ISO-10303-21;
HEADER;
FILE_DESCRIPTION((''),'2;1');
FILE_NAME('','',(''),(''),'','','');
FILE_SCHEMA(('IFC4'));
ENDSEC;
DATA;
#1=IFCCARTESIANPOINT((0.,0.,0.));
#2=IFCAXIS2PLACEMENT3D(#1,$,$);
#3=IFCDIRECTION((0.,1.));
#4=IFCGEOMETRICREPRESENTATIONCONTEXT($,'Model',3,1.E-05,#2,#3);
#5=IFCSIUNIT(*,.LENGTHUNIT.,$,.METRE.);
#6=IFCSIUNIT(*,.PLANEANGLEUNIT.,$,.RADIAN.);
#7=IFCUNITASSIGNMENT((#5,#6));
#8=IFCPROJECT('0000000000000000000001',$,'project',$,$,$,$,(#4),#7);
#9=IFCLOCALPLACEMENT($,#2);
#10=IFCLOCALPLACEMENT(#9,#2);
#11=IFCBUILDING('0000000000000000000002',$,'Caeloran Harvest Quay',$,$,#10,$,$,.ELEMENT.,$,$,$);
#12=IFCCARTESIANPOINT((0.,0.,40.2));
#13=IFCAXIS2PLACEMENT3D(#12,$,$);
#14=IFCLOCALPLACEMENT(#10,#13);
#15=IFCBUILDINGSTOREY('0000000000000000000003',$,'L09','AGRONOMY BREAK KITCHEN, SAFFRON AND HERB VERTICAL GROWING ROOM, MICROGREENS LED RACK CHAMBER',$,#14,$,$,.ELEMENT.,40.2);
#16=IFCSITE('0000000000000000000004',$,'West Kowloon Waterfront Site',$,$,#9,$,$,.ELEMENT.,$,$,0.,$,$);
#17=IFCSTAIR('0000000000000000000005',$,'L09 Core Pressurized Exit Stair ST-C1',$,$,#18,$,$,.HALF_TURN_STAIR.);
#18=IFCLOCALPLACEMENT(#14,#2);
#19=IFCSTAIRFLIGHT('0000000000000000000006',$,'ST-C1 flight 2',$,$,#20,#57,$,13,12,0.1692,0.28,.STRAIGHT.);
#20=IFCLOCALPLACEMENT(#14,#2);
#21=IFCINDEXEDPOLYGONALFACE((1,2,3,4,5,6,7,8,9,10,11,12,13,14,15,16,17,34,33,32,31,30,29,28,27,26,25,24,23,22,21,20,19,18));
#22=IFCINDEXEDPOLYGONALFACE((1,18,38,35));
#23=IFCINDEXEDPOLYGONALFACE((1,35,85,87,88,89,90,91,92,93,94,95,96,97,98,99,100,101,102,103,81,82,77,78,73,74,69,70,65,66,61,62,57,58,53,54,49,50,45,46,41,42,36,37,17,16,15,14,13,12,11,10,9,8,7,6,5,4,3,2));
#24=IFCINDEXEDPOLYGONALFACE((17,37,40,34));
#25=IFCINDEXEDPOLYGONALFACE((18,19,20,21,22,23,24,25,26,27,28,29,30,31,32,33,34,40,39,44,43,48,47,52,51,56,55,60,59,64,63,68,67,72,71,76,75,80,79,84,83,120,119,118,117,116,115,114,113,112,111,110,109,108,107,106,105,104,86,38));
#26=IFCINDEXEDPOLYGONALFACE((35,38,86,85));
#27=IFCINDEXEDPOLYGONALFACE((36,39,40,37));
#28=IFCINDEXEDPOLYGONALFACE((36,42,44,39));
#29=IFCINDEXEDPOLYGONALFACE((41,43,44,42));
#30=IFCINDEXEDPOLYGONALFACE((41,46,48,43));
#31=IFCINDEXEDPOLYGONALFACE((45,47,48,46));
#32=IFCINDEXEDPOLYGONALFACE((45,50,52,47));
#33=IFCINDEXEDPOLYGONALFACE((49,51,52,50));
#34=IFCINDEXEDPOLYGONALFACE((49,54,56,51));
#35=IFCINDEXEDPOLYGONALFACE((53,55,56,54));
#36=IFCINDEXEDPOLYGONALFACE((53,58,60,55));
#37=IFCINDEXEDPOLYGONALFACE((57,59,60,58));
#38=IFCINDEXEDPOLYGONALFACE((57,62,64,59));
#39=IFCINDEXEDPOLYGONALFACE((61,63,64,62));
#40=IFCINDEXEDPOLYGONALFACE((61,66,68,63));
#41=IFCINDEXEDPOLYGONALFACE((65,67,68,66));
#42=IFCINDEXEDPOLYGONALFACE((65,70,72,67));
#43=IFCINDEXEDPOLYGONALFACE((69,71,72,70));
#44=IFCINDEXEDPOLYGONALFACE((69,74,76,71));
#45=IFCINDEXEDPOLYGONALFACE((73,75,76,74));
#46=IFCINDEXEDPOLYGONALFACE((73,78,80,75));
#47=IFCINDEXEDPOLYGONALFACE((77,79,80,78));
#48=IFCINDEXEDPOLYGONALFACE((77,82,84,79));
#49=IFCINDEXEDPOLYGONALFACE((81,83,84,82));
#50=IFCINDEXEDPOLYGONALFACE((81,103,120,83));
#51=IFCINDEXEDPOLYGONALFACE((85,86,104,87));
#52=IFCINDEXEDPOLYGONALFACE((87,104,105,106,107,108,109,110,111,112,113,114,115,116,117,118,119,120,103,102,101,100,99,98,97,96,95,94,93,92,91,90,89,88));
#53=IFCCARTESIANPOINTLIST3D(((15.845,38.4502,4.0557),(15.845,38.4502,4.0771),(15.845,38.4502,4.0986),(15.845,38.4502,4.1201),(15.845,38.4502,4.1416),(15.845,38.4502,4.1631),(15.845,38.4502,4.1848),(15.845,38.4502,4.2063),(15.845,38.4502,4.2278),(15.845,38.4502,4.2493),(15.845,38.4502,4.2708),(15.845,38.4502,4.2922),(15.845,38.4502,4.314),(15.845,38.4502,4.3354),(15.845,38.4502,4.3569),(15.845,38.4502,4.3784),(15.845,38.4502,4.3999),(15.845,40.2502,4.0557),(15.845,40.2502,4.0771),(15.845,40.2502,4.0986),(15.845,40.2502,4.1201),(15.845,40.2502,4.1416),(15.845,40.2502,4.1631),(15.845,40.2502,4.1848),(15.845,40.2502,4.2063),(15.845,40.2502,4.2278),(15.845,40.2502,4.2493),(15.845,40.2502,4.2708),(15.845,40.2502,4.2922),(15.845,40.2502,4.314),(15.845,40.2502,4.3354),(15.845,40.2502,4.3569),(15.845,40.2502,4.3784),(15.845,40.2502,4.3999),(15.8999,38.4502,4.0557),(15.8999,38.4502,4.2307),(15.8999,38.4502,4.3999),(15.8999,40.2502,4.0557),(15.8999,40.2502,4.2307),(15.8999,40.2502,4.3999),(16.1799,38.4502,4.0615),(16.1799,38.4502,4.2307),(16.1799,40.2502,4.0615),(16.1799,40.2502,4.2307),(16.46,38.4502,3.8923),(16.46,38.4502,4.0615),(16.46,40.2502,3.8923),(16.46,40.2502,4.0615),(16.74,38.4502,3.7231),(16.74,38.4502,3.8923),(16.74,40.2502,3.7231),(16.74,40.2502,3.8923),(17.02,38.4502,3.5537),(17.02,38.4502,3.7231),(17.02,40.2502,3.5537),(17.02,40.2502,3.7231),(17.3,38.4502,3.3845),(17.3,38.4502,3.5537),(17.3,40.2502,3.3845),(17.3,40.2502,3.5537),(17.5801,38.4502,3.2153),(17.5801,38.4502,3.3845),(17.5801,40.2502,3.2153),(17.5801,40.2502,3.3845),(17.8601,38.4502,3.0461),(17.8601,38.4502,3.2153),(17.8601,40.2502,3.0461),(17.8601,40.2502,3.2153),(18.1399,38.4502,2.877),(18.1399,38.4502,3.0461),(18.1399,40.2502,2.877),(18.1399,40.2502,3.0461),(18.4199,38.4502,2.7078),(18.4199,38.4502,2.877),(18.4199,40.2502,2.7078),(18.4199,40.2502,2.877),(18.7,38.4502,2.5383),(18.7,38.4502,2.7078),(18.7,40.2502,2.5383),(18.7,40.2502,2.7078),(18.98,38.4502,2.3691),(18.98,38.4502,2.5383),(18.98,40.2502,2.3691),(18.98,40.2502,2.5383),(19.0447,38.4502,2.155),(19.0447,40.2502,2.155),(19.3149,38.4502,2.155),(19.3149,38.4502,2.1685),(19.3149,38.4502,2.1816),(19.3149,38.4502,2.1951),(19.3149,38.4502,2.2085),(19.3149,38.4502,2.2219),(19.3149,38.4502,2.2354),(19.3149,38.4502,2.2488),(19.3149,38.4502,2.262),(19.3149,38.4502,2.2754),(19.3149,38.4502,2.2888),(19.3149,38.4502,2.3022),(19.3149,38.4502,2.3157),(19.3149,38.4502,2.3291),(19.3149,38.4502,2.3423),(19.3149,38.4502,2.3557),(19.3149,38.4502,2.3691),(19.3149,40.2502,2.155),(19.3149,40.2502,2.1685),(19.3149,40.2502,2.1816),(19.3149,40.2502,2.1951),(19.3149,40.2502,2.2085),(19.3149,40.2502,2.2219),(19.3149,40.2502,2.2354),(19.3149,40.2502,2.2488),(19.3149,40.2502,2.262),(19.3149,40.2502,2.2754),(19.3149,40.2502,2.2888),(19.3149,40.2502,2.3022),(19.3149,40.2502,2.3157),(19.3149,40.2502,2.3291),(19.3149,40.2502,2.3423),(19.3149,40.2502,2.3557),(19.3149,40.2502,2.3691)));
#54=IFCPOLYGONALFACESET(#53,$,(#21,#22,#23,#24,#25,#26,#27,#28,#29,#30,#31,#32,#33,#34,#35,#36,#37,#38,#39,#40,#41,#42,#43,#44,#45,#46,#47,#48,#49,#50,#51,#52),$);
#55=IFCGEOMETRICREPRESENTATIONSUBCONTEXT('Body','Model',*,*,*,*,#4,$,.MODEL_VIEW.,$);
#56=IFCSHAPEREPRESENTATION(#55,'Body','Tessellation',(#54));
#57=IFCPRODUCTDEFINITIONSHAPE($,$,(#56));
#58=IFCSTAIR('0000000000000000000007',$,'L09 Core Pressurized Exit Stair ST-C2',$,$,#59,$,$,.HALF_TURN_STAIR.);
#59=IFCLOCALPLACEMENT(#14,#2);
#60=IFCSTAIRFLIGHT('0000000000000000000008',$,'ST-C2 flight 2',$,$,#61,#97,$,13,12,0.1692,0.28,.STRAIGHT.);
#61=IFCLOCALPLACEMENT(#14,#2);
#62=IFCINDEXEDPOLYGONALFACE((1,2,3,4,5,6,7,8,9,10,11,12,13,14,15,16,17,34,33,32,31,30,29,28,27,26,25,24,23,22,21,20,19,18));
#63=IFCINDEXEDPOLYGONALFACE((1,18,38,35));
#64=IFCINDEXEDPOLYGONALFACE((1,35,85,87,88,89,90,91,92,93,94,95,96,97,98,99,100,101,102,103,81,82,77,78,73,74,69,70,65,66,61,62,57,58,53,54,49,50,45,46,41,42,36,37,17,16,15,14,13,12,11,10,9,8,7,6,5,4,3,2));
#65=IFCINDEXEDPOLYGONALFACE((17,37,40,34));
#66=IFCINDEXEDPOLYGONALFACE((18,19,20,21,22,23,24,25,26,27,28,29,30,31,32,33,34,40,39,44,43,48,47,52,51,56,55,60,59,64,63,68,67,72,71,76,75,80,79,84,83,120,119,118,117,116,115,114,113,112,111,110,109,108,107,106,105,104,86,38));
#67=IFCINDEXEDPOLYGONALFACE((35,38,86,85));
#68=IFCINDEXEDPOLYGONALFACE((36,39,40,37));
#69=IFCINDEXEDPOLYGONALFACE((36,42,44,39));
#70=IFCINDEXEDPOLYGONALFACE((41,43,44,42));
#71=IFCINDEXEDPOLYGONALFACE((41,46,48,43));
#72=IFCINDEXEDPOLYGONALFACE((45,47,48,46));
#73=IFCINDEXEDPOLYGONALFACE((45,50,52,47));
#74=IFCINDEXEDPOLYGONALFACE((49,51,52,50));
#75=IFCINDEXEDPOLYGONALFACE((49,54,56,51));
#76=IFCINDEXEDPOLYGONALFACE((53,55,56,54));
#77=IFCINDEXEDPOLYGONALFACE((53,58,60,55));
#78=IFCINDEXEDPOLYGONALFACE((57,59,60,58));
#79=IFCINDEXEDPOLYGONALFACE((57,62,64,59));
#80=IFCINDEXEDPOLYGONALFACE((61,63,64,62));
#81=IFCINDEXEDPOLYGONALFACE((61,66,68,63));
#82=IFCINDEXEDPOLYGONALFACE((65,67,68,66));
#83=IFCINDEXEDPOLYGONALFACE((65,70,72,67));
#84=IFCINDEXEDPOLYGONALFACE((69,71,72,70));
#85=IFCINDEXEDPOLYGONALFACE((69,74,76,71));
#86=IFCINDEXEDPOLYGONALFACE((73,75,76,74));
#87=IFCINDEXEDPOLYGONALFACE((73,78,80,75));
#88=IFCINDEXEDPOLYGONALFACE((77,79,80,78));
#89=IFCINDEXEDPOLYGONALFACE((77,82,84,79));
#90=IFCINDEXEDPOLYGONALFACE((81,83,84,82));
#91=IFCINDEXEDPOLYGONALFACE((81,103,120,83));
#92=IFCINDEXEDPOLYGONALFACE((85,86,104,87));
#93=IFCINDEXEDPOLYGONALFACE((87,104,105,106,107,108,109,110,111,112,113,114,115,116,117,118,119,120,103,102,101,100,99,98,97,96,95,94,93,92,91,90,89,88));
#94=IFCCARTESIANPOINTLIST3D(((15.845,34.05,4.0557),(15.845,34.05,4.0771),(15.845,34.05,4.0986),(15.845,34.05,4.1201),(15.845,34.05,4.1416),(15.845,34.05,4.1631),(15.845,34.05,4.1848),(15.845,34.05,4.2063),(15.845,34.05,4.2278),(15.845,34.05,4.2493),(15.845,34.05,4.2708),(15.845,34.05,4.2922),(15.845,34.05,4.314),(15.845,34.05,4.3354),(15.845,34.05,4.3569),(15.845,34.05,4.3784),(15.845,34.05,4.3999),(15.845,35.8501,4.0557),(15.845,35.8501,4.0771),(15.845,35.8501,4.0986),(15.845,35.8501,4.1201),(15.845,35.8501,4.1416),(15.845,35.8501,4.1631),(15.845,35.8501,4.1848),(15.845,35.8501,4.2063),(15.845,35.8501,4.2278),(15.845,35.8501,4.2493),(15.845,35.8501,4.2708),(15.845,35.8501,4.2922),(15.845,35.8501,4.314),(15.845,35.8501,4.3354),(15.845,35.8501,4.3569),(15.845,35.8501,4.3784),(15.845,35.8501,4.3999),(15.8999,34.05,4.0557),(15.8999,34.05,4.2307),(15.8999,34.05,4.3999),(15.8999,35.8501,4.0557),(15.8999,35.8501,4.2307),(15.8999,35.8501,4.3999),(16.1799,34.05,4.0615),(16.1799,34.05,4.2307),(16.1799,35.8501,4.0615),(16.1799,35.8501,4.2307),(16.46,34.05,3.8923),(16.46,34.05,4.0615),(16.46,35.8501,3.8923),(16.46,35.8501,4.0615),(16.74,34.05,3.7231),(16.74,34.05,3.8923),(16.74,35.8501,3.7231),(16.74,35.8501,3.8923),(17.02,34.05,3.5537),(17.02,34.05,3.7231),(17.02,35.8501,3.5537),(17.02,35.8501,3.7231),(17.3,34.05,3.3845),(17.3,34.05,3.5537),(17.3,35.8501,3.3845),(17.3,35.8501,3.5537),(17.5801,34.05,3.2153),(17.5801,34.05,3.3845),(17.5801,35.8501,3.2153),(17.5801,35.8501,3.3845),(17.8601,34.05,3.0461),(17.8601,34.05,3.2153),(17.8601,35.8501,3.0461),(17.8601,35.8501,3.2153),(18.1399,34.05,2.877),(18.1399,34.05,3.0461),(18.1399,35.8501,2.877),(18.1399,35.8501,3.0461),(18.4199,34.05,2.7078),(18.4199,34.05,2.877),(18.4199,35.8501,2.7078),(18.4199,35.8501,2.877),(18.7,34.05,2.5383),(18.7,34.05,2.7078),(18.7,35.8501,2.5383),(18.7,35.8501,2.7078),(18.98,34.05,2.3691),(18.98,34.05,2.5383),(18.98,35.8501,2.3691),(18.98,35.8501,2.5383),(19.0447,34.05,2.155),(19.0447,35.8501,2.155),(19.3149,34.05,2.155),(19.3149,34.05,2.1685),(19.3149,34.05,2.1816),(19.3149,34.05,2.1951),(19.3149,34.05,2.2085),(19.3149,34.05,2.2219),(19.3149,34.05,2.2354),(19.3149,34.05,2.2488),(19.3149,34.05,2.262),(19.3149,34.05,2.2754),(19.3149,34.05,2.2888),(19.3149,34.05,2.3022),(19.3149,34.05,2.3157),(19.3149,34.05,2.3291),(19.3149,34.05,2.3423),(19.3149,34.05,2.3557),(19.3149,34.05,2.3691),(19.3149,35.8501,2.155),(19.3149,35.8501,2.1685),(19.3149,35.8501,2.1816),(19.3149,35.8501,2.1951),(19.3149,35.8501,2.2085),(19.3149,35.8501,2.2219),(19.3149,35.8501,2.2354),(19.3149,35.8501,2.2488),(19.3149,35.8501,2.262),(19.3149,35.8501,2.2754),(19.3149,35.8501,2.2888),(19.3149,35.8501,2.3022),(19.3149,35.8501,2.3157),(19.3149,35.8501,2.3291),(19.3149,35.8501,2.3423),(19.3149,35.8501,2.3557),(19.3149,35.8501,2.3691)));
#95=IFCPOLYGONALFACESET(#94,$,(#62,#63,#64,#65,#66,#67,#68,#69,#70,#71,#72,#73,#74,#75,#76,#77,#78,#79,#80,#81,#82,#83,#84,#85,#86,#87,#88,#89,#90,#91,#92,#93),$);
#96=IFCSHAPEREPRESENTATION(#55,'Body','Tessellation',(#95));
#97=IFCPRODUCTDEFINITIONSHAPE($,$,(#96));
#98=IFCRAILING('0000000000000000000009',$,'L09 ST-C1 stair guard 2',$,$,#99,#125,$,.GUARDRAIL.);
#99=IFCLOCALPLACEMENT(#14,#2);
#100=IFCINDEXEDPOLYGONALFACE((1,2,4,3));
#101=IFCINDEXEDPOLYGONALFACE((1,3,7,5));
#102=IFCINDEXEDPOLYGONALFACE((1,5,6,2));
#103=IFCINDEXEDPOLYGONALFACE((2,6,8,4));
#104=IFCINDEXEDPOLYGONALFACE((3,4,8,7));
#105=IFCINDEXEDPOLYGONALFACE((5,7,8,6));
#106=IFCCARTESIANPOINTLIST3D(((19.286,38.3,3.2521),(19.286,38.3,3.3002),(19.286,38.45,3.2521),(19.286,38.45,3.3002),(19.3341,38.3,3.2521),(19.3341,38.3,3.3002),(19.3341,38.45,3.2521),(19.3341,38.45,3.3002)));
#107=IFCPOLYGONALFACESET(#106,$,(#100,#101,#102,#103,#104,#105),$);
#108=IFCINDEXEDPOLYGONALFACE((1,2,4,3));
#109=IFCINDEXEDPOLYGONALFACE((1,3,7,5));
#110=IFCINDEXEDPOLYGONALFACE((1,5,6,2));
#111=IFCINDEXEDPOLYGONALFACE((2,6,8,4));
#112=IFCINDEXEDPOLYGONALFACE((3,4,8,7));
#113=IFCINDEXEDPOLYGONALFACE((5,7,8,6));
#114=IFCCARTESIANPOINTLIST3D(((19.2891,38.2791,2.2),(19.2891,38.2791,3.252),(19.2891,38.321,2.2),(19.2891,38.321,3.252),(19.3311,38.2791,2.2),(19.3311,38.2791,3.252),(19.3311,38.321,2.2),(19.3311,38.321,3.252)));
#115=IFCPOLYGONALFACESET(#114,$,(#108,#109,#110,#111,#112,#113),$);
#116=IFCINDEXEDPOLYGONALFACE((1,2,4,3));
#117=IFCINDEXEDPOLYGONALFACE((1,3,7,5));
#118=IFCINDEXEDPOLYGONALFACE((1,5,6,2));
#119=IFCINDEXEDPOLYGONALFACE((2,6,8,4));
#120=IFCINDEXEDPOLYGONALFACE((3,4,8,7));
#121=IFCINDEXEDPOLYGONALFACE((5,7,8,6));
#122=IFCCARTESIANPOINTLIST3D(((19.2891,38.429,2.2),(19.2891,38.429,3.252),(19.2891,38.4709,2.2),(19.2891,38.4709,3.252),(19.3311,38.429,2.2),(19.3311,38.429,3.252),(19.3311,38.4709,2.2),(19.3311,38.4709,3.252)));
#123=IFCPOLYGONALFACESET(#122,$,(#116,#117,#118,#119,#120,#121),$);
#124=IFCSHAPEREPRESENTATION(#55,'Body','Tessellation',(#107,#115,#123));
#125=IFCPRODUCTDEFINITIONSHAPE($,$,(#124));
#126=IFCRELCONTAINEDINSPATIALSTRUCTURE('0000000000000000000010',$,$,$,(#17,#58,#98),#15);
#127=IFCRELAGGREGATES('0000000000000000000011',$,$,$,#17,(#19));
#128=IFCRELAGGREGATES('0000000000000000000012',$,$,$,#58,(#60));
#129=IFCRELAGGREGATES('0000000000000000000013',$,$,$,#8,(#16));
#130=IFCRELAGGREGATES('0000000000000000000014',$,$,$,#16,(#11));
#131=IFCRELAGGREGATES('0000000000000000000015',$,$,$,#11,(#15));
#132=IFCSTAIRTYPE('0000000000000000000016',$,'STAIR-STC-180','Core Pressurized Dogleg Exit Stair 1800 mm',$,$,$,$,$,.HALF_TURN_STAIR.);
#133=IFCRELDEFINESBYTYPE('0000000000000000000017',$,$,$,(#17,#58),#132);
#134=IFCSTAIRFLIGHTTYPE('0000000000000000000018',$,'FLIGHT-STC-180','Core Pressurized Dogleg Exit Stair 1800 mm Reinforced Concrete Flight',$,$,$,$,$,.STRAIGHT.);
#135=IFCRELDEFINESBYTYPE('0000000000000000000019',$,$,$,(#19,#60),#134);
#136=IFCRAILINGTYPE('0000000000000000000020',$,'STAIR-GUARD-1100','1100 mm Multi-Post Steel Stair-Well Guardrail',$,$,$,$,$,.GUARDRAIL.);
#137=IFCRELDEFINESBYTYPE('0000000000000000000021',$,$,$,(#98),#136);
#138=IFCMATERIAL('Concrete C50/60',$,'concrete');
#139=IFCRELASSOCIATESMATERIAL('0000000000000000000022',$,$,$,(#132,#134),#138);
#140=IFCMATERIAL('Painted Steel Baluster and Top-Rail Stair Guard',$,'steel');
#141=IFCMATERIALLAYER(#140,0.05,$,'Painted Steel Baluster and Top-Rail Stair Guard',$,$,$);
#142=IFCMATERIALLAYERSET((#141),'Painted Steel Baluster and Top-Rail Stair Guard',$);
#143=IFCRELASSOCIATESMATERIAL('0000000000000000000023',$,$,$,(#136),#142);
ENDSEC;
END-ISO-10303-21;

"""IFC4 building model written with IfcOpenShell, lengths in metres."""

from ifc_helpers import new_model, si_unit, direction, frame, origin, origin_2d, place, context, subcontext, project, spatial, polyline, rectangle, outline, extrude, material, layer, layer_set, type_object, element, aggregate, save


model = new_model("IFC4")

# Units and contexts
model_context = context("Model", 3, precision=1e-05, world=origin(), true_north=direction((0.0, 1.0)))
body_context = subcontext(model_context, "Body", "Model", "MODEL_VIEW")
ifc_project = project(units=[si_unit("LENGTHUNIT", "METRE"), si_unit("PLANEANGLEUNIT", "RADIAN")], contexts=[model_context])

# Site, building, storey
site_placement = place(None, origin())
site = spatial("IfcSite", under=ifc_project, at=site_placement, Name="West Kowloon Waterfront Site", CompositionType="ELEMENT", RefElevation=0.0)
building_placement = place(site_placement, origin())
building = spatial("IfcBuilding", under=site, at=building_placement, Name="Caeloran Harvest Quay", CompositionType="ELEMENT")
storey_placement = place(building_placement, frame((0.0, 0.0, 40.2)))
storey = spatial("IfcBuildingStorey", under=building, at=storey_placement, Name="L09", Description="AGRONOMY BREAK KITCHEN, SAFFRON AND HERB VERTICAL GROWING ROOM, MICROGREENS LED RACK CHAMBER", CompositionType="ELEMENT", Elevation=40.2)

# Shared definitions
ifc_material_1 = material(Name="Concrete C50/60", Category="concrete")

# Stairs, stair flights
stair_type = type_object("IfcStairType", Name="STAIR-STC-180", Description="Core Pressurized Dogleg Exit Stair 1800 mm", PredefinedType="HALF_TURN_STAIR", material=ifc_material_1)
stair_1_placement = place(storey_placement, origin())
stair_1 = element("IfcStair", 1, at=stair_1_placement, inside=storey, type_object=stair_type, Name="L09 Core Pressurized Exit Stair ST-C1", PredefinedType="HALF_TURN_STAIR")
stair_flight_type = type_object("IfcStairFlightType", Name="FLIGHT-STC-180", Description="Core Pressurized Dogleg Exit Stair 1800 mm Reinforced Concrete Flight", PredefinedType="STRAIGHT", material=ifc_material_1)
stair_flight_1_placement = place(storey_placement, frame((19.26, 39.3501, 2.2), z_axis=(0.0, 0.0, 1.0), x_axis=(-1.0, 0.0, 0.0)))
stair_flight_1 = element("IfcStairFlight", 2, at=stair_flight_1_placement, type_object=stair_flight_type, Name="ST-C1 flight 2", NumberOfRisers=13, NumberOfTreads=12, PredefinedType="STRAIGHT", RiserHeight=0.1692, TreadLength=0.28, context=body_context, shape_type="SweptSolid", body=[
    extrude(outline(polyline([(-0.0549, -0.0449), (-0.0549, -0.0315), (-0.0549, -0.0183), (-0.0549, -0.0049), (-0.0549, 0.0085), (-0.0549, 0.022), (-0.0549, 0.0354), (-0.0549, 0.0488), (-0.0549, 0.062), (-0.0549, 0.0754), (-0.0549, 0.0889), (-0.0549, 0.1023), (-0.0549, 0.1157), (-0.0549, 0.1292), (-0.0549, 0.1423), (-0.0549, 0.1558), (-0.0549, 0.1692), (0.28, 0.1692), (0.28, 0.3384), (0.5601, 0.3384), (0.5601, 0.5078), (0.8401, 0.5078), (0.8401, 0.677), (1.1201, 0.677), (1.1201, 0.8462), (1.3999, 0.8462), (1.3999, 1.0154), (1.6799, 1.0154), (1.6799, 1.1846), (1.96, 1.1846), (1.96, 1.3538), (2.24, 1.3538), (2.24, 1.5232), (2.52, 1.5232), (2.52, 1.6924), (2.8, 1.6924), (2.8, 1.8616), (3.0801, 1.8616), (3.0801, 2.0308), (3.3601, 2.0308), (3.3601, 2.2), (3.415, 2.2), (3.415, 2.1785), (3.415, 2.157), (3.415, 2.1355), (3.415, 2.114), (3.415, 2.0923), (3.415, 2.0708), (3.415, 2.0493), (3.415, 2.0278), (3.415, 2.0063), (3.415, 1.9849), (3.415, 1.9631), (3.415, 1.9417), (3.415, 1.9202), (3.415, 1.8987), (3.415, 1.8772), (3.415, 1.8557), (3.3601, 1.8557), (0.2153, -0.0449), (-0.0549, -0.0449)])), frame((0.0, 0.8999, 0.0), z_axis=(0.0, -1.0, 0.0), x_axis=(1.0, 0.0, 0.0)), (0.0, 0.0, 1.0), 1.8),
])
aggregate(stair_1, [stair_flight_1])
stair_2_placement = place(storey_placement, origin())
stair_2 = element("IfcStair", 3, at=stair_2_placement, inside=storey, type_object=stair_type, Name="L09 Core Pressurized Exit Stair ST-C2", PredefinedType="HALF_TURN_STAIR")
stair_flight_2_placement = place(storey_placement, frame((19.26, 34.95, 2.2), z_axis=(0.0, 0.0, 1.0), x_axis=(-1.0, 0.0, 0.0)))
stair_flight_2 = element("IfcStairFlight", 4, at=stair_flight_2_placement, type_object=stair_flight_type, Name="ST-C2 flight 2", NumberOfRisers=13, NumberOfTreads=12, PredefinedType="STRAIGHT", RiserHeight=0.1692, TreadLength=0.28, context=body_context, shape_type="SweptSolid", body=[
    extrude(outline(polyline([(-0.0549, -0.0449), (-0.0549, -0.0315), (-0.0549, -0.0183), (-0.0549, -0.0049), (-0.0549, 0.0085), (-0.0549, 0.022), (-0.0549, 0.0354), (-0.0549, 0.0488), (-0.0549, 0.062), (-0.0549, 0.0754), (-0.0549, 0.0889), (-0.0549, 0.1023), (-0.0549, 0.1157), (-0.0549, 0.1292), (-0.0549, 0.1423), (-0.0549, 0.1558), (-0.0549, 0.1692), (0.28, 0.1692), (0.28, 0.3384), (0.5601, 0.3384), (0.5601, 0.5078), (0.8401, 0.5078), (0.8401, 0.677), (1.1201, 0.677), (1.1201, 0.8462), (1.3999, 0.8462), (1.3999, 1.0154), (1.6799, 1.0154), (1.6799, 1.1846), (1.96, 1.1846), (1.96, 1.3538), (2.24, 1.3538), (2.24, 1.5232), (2.52, 1.5232), (2.52, 1.6924), (2.8, 1.6924), (2.8, 1.8616), (3.0801, 1.8616), (3.0801, 2.0308), (3.3601, 2.0308), (3.3601, 2.2), (3.415, 2.2), (3.415, 2.1785), (3.415, 2.157), (3.415, 2.1355), (3.415, 2.114), (3.415, 2.0923), (3.415, 2.0708), (3.415, 2.0493), (3.415, 2.0278), (3.415, 2.0063), (3.415, 1.9849), (3.415, 1.9631), (3.415, 1.9417), (3.415, 1.9202), (3.415, 1.8987), (3.415, 1.8772), (3.415, 1.8557), (3.3601, 1.8557), (0.2153, -0.0449), (-0.0549, -0.0449)])), frame((0.0, 0.8999, 0.0), z_axis=(0.0, -1.0, 0.0), x_axis=(1.0, 0.0, 0.0)), (0.0, 0.0, 1.0), 1.8),
])
aggregate(stair_2, [stair_flight_2])

# Railing
ifc_material_2 = material(Name="Painted Steel Baluster and Top-Rail Stair Guard", Category="steel")
ifc_layer_1 = layer(ifc_material_2, 0.05, Name="Painted Steel Baluster and Top-Rail Stair Guard")
ifc_layer_set_1 = layer_set([ifc_layer_1], Name="Painted Steel Baluster and Top-Rail Stair Guard")
railing_type_1 = type_object("IfcRailingType", Name="STAIR-GUARD-1100", Description="1100 mm Multi-Post Steel Stair-Well Guardrail", PredefinedType="GUARDRAIL", material=ifc_layer_set_1)
railing_1_placement = place(storey_placement, frame((19.3101, 38.3, 2.2)))
element("IfcRailing", 5, at=railing_1_placement, inside=storey, type_object=railing_type_1, Name="L09 ST-C1 stair guard 2", PredefinedType="GUARDRAIL", context=body_context, shape_type="SweptSolid", body=[
    extrude(rectangle(XDim=0.0481, YDim=0.0481, at=origin_2d()), frame((0.0, 0.0, 1.0762), z_axis=(0.0, 1.0, 0.0), x_axis=(-1.0, 0.0, 0.0)), (0.0, 0.0, 1.0), 0.1499),
    extrude(rectangle(XDim=0.042, YDim=0.042, at=origin_2d()), origin(), (0.0, 0.0, 1.0), 1.052),
    extrude(rectangle(XDim=0.042, YDim=0.042, at=origin_2d()), frame((0.0, 0.1499, 0.0)), (0.0, 0.0, 1.0), 1.052),
])

save(model, "model.ifc")
